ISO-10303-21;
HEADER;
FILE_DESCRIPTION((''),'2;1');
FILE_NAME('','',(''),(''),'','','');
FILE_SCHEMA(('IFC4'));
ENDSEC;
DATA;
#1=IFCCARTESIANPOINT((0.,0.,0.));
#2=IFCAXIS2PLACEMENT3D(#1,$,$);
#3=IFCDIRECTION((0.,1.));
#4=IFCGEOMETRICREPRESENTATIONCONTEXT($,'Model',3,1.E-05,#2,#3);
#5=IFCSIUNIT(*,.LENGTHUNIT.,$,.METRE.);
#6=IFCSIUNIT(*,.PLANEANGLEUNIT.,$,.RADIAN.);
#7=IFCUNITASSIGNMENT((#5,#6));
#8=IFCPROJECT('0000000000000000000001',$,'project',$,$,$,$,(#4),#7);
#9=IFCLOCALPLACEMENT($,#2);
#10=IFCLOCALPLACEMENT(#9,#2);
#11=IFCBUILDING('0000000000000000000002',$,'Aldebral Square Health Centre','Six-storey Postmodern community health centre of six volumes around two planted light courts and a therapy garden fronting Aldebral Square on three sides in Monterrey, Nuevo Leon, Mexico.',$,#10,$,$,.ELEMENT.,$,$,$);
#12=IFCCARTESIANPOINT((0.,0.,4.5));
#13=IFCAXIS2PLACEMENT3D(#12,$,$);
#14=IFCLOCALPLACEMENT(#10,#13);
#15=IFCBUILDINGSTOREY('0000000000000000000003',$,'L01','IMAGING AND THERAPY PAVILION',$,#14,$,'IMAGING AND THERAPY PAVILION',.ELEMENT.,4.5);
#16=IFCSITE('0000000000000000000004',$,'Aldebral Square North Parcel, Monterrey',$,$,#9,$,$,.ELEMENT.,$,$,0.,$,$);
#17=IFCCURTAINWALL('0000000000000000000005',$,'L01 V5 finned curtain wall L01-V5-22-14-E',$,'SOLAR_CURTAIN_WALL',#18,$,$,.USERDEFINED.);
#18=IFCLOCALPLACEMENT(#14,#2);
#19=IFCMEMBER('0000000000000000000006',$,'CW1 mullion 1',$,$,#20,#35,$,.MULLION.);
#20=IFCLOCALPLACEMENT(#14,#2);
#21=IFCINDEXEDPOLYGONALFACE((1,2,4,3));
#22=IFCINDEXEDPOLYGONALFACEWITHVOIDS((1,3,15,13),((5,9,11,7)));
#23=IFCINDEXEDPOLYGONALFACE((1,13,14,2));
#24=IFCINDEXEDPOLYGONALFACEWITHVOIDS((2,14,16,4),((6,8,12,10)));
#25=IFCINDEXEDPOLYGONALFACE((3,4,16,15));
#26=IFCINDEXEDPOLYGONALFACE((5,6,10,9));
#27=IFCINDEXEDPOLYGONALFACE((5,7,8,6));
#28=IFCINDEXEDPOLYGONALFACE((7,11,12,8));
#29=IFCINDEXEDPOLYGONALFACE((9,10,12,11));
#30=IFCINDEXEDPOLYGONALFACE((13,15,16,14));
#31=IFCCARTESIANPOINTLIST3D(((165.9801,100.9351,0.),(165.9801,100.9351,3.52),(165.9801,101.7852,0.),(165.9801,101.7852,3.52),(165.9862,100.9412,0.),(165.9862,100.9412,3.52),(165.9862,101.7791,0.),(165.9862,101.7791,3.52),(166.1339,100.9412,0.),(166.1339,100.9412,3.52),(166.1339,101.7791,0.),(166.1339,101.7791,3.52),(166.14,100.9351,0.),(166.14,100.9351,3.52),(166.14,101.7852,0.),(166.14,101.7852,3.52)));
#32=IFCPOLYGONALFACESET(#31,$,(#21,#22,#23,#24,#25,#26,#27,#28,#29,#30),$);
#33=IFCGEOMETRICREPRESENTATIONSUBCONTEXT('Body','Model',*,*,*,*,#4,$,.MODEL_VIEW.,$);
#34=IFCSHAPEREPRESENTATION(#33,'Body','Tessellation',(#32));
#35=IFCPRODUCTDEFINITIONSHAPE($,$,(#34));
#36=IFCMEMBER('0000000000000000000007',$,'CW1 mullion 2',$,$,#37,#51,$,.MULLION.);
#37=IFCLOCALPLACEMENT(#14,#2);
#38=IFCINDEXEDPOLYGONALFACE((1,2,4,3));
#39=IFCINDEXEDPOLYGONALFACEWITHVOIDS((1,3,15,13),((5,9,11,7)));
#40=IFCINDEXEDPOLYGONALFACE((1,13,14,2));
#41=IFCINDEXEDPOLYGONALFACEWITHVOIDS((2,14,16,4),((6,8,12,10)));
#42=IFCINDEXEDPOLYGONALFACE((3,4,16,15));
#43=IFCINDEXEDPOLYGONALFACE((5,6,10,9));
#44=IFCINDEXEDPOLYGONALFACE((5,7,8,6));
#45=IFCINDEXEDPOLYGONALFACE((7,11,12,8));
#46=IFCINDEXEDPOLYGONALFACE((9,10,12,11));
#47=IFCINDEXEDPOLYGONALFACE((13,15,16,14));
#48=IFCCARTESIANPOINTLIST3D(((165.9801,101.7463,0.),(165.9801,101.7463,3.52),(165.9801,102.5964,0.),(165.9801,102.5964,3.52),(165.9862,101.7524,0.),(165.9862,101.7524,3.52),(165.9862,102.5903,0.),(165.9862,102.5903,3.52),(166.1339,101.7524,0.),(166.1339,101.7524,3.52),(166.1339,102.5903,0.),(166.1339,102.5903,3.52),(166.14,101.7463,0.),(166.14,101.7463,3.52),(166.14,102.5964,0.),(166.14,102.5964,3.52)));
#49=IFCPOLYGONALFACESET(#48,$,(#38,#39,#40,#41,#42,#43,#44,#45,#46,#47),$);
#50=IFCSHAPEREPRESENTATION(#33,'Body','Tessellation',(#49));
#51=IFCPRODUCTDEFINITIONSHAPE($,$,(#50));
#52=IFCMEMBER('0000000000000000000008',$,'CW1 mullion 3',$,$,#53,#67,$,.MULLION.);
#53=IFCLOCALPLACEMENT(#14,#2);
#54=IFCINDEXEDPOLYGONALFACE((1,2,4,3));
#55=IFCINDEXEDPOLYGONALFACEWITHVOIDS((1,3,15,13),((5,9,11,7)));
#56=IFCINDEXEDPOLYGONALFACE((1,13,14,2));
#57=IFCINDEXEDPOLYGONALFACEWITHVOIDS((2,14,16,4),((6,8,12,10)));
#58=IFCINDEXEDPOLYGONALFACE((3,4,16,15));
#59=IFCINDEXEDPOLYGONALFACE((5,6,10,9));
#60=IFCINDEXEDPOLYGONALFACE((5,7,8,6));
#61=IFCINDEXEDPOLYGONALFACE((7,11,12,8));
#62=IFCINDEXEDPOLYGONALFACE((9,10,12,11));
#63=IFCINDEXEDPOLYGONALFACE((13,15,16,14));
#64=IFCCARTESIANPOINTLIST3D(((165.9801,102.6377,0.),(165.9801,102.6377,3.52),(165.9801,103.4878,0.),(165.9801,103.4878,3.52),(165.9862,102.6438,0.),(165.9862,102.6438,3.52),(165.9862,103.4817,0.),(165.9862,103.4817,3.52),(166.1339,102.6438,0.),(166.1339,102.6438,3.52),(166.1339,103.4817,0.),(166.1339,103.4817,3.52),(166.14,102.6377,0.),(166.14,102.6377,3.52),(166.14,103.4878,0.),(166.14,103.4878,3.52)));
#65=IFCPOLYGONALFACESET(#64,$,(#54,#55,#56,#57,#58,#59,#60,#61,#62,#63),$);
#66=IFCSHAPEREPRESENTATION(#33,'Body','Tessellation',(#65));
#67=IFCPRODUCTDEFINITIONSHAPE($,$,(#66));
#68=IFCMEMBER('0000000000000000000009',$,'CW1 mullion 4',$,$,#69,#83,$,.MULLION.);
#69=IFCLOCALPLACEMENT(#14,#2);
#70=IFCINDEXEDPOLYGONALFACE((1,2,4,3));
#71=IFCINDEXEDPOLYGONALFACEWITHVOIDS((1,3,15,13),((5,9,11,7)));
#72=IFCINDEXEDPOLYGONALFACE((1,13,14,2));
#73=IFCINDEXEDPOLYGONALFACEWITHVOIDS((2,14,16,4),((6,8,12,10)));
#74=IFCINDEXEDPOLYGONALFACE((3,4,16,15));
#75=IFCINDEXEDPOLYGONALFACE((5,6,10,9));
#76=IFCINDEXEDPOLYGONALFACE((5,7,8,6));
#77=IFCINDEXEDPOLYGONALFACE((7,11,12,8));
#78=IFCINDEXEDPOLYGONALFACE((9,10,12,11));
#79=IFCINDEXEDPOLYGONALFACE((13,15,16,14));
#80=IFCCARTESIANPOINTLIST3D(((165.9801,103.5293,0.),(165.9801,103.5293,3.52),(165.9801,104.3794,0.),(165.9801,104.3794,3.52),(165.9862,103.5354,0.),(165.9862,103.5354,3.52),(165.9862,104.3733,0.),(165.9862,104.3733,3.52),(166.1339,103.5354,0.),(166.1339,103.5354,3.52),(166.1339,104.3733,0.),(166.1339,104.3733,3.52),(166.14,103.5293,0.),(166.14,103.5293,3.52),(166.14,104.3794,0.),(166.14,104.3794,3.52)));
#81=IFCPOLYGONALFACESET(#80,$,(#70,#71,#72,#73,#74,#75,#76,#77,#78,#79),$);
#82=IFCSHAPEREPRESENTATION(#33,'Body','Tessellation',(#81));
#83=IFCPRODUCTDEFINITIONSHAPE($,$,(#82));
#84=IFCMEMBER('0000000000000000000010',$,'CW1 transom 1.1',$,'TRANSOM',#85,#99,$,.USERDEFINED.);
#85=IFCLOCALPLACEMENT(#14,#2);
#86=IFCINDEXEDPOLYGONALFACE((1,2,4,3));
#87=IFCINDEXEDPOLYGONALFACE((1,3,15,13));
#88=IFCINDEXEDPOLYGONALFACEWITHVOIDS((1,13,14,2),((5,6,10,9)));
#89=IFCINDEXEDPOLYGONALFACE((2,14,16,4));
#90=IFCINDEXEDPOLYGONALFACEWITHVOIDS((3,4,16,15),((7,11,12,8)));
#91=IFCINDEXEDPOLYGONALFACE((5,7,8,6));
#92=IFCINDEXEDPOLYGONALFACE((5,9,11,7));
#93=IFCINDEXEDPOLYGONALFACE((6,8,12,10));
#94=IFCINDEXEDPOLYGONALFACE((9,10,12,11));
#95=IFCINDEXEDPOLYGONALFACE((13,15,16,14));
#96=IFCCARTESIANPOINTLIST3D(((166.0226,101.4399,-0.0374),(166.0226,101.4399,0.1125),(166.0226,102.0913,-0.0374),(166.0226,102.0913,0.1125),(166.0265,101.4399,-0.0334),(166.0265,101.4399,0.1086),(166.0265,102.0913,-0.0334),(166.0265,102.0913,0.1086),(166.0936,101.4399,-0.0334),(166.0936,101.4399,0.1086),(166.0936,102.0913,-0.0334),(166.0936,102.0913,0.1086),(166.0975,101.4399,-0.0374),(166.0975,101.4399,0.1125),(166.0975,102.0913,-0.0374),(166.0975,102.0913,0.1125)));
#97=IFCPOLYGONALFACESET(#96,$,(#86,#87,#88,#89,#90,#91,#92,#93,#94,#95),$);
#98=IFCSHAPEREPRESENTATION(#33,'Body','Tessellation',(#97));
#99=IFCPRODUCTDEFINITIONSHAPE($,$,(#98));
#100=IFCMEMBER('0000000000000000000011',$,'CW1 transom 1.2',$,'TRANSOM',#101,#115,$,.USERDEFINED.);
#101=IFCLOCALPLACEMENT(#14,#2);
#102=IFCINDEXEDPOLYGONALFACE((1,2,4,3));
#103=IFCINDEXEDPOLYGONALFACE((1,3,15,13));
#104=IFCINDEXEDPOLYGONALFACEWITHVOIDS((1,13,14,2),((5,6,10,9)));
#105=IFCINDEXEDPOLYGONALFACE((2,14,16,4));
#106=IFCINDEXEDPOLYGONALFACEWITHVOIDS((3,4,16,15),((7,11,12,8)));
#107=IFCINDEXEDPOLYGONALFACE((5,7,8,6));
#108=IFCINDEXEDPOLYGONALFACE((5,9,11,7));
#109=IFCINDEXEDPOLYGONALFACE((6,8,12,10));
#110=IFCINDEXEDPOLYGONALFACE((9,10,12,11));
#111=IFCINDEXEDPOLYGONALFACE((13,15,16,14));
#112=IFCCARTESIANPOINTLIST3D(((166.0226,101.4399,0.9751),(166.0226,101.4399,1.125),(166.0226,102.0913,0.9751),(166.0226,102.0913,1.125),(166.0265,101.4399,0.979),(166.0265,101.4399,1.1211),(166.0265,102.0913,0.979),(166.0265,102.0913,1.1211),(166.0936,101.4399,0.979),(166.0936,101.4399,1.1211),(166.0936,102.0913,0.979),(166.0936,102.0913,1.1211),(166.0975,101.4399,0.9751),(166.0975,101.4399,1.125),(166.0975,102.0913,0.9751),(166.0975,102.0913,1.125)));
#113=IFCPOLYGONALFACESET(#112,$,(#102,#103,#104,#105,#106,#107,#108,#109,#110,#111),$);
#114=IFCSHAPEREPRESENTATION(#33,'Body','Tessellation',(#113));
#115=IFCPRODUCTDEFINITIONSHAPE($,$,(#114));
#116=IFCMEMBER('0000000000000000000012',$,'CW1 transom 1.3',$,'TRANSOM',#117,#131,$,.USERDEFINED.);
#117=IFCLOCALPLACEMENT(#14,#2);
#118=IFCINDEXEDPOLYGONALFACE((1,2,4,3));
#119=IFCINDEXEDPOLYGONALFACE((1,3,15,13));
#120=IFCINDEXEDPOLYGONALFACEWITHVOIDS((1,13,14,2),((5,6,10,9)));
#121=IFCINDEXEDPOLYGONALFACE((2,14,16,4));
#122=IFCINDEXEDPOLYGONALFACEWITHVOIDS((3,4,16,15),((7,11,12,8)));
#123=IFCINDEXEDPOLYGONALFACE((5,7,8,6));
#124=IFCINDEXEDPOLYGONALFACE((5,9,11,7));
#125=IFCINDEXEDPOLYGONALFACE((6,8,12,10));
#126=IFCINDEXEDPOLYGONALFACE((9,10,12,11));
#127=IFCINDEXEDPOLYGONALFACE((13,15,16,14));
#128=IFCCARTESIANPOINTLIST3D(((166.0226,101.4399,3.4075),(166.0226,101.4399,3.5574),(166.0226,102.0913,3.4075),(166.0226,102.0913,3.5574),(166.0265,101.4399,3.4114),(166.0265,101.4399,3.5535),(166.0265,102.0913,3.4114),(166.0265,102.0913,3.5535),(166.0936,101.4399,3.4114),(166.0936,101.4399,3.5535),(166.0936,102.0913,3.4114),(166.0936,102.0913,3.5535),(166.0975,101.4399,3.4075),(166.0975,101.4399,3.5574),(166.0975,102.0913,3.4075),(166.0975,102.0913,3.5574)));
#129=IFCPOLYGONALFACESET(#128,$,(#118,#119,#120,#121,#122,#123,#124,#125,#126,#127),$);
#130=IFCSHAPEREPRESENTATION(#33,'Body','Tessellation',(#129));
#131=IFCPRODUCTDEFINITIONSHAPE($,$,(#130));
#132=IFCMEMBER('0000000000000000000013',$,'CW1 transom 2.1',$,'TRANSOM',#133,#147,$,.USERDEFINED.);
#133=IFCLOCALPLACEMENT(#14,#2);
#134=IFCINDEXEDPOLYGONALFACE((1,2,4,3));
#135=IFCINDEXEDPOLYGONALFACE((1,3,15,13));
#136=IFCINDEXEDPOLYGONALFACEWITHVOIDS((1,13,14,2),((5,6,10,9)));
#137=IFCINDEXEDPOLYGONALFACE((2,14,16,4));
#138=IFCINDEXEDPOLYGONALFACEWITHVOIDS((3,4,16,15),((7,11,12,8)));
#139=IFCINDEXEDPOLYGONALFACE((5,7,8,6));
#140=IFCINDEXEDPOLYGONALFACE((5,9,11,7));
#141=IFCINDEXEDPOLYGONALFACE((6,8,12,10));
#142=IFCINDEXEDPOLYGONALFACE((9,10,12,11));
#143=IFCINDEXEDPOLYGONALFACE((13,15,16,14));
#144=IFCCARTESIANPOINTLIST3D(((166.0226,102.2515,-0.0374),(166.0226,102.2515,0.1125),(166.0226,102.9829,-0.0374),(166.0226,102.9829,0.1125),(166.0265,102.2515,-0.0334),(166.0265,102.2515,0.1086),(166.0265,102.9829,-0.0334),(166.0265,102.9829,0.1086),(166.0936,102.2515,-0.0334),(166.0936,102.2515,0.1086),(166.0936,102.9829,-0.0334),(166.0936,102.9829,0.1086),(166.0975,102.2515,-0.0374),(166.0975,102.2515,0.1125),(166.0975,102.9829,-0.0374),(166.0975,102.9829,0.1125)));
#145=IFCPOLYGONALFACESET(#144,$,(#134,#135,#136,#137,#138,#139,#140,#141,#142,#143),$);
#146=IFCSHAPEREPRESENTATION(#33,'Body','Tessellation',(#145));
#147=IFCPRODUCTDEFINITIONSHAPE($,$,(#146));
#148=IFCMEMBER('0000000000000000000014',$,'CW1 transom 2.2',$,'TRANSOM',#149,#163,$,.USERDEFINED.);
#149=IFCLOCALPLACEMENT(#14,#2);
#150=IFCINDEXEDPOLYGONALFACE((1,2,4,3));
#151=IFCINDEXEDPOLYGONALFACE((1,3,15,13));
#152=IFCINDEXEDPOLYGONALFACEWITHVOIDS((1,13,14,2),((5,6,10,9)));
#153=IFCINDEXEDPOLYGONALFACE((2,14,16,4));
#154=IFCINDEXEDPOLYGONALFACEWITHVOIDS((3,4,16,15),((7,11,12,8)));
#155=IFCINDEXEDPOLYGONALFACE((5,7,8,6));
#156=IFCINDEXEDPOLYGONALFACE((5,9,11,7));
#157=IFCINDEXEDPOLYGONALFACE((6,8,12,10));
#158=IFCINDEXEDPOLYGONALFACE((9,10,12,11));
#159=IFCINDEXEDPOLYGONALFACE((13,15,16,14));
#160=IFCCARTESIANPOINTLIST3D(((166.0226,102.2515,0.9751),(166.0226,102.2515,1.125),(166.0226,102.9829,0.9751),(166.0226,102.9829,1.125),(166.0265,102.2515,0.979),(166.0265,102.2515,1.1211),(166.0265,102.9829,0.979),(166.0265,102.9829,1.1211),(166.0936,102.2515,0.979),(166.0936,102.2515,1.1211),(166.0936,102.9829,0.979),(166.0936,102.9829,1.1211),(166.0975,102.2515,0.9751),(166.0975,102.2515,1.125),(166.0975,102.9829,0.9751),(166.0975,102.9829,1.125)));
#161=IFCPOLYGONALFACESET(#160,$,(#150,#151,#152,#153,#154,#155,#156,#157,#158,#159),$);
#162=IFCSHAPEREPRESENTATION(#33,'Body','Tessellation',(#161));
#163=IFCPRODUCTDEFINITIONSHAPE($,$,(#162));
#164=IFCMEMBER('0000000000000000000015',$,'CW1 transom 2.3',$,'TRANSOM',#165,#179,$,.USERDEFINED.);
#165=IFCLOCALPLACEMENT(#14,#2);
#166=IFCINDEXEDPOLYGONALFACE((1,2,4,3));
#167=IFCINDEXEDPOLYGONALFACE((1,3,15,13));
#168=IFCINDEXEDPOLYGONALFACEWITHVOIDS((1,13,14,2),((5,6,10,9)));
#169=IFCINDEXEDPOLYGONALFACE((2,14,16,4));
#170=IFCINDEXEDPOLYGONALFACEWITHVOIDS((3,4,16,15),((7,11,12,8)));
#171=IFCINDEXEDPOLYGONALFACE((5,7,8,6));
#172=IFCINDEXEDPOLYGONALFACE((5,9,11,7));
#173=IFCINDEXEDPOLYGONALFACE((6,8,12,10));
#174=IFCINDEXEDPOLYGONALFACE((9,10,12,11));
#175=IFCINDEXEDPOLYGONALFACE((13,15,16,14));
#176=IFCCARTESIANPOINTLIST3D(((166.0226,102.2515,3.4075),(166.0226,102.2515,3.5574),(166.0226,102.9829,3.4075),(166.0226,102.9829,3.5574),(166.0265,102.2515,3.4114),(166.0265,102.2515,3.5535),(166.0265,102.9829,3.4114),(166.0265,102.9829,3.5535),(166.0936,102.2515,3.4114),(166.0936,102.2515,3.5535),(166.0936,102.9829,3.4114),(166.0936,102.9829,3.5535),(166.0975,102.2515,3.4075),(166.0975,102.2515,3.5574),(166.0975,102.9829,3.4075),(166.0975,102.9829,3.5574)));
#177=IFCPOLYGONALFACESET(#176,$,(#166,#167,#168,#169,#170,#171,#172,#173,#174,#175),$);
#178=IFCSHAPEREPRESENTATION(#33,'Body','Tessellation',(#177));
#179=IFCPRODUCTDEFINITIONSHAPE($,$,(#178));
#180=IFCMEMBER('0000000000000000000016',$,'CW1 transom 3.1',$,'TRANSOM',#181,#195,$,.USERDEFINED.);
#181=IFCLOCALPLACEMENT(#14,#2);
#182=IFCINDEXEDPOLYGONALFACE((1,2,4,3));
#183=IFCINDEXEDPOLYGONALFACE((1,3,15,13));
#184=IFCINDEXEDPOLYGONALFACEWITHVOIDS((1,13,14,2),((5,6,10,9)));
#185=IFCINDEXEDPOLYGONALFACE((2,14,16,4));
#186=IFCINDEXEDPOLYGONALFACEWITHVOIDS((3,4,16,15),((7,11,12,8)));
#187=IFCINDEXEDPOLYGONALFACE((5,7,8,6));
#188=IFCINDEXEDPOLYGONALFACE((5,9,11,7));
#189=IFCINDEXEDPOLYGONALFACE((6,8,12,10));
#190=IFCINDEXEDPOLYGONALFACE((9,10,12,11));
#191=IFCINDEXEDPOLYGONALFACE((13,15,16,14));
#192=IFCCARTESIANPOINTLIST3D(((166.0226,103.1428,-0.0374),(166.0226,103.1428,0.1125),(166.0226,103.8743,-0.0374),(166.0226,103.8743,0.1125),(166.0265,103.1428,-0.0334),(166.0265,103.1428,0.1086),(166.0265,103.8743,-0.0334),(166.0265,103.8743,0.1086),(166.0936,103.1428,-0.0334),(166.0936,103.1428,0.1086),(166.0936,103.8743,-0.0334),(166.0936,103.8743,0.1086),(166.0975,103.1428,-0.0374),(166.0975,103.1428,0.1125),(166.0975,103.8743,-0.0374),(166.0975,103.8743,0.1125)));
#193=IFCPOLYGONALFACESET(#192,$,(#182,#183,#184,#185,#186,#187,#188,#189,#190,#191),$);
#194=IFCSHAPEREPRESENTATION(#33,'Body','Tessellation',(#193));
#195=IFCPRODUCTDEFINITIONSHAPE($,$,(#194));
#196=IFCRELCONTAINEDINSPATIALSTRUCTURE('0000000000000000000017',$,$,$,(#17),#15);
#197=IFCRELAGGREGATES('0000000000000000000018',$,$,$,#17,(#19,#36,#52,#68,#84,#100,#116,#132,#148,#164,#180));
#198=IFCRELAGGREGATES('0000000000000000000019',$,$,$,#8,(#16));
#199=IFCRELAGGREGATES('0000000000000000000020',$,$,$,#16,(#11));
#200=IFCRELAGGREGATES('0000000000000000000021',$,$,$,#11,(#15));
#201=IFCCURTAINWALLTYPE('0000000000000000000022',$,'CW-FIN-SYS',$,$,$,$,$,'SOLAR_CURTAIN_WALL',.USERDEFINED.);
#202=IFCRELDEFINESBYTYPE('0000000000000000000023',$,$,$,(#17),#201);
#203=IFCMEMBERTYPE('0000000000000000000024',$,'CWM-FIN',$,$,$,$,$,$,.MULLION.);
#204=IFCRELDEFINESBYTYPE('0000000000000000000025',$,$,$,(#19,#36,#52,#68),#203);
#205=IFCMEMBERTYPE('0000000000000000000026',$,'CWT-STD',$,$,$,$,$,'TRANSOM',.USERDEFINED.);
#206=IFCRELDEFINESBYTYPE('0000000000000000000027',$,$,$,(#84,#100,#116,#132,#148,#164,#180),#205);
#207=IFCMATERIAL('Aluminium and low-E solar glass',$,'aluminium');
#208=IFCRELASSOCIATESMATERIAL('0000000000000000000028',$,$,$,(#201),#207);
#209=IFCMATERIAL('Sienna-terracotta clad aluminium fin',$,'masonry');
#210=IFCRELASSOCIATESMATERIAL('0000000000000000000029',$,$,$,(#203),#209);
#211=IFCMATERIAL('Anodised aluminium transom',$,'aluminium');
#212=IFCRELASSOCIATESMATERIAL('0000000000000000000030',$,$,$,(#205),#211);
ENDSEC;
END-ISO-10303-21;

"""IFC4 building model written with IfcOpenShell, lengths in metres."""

from ifc_helpers import new_model, si_unit, direction, frame, origin, origin_2d, place, context, subcontext, project, spatial, hollow_rectangle, extrude, material, material_profile, profile_set, type_object, element, aggregate, save


model = new_model("IFC4")

# Units and contexts
model_context = context("Model", 3, precision=1e-05, world=origin(), true_north=direction((0.0, 1.0)))
body_context = subcontext(model_context, "Body", "Model", "MODEL_VIEW")
ifc_project = project(units=[si_unit("LENGTHUNIT", "METRE"), si_unit("PLANEANGLEUNIT", "RADIAN")], contexts=[model_context])

# Site, building, storey
site_placement = place(None, origin())
site = spatial("IfcSite", under=ifc_project, at=site_placement, Name="Aldebral Square North Parcel, Monterrey", CompositionType="ELEMENT", RefElevation=0.0)
building_placement = place(site_placement, origin())
building = spatial("IfcBuilding", under=site, at=building_placement, Name="Aldebral Square Health Centre", Description="Six-storey Postmodern community health centre of six volumes around two planted light courts and a therapy garden fronting Aldebral Square on three sides in Monterrey, Nuevo Leon, Mexico.", CompositionType="ELEMENT")
storey_placement = place(building_placement, frame((0.0, 0.0, 4.5)))
storey = spatial("IfcBuildingStorey", under=building, at=storey_placement, Name="L01", Description="IMAGING AND THERAPY PAVILION", LongName="IMAGING AND THERAPY PAVILION", CompositionType="ELEMENT", Elevation=4.5)

# Curtain wall, members
ifc_material_1 = material(Name="Aluminium and low-E solar glass", Category="aluminium")
curtain_wall_type = type_object("IfcCurtainWallType", Name="CW-FIN-SYS", ElementType="SOLAR_CURTAIN_WALL", PredefinedType="USERDEFINED", material=ifc_material_1)
curtain_wall_placement = place(storey_placement, origin())
curtain_wall = element("IfcCurtainWall", 1, at=curtain_wall_placement, inside=storey, type_object=curtain_wall_type, Name="L01 V5 finned curtain wall L01-V5-22-14-E", ObjectType="SOLAR_CURTAIN_WALL", PredefinedType="USERDEFINED")
ifc_material_2 = material(Name="Sienna-terracotta clad aluminium fin", Category="masonry")
ifc_material_profile_1 = material_profile(ifc_material_2, hollow_rectangle(XDim=0.1599, YDim=0.8501, WallThickness=0.0061, at=origin_2d()), Name="FIN 160x850x6")
ifc_profile_set_1 = profile_set([ifc_material_profile_1], Name="Sienna-terracotta clad aluminium fin")
member_type_1 = type_object("IfcMemberType", Name="CWM-FIN", PredefinedType="MULLION", material=ifc_profile_set_1)
member_1_placement = place(storey_placement, frame((166.0601, 101.3601, 0.0), z_axis=(0.0, 0.0, 1.0), x_axis=(-1.0, 0.0, 0.0)))
member_1 = element("IfcMember", 2, at=member_1_placement, type_object=member_type_1, Name="CW1 mullion 1", PredefinedType="MULLION", context=body_context, shape_type="SweptSolid", body=[
    extrude(hollow_rectangle(XDim=0.1599, YDim=0.8501, WallThickness=0.0061, at=origin_2d()), origin(), (0.0, 0.0, 1.0), 3.52),
])
member_2_placement = place(storey_placement, frame((166.0601, 102.1714, 0.0), z_axis=(0.0, 0.0, 1.0), x_axis=(-1.0, 0.0, 0.0)))
member_2 = element("IfcMember", 3, at=member_2_placement, type_object=member_type_1, Name="CW1 mullion 2", PredefinedType="MULLION", context=body_context, shape_type="SweptSolid", body=[
    extrude(hollow_rectangle(XDim=0.1599, YDim=0.8501, WallThickness=0.0061, at=origin_2d()), origin(), (0.0, 0.0, 1.0), 3.52),
])
member_3_placement = place(storey_placement, frame((166.0601, 103.0627, 0.0), z_axis=(0.0, 0.0, 1.0), x_axis=(-1.0, 0.0, 0.0)))
member_3 = element("IfcMember", 4, at=member_3_placement, type_object=member_type_1, Name="CW1 mullion 3", PredefinedType="MULLION", context=body_context, shape_type="SweptSolid", body=[
    extrude(hollow_rectangle(XDim=0.1599, YDim=0.8501, WallThickness=0.0061, at=origin_2d()), origin(), (0.0, 0.0, 1.0), 3.52),
])
member_4_placement = place(storey_placement, frame((166.0601, 103.9543, 0.0), z_axis=(0.0, 0.0, 1.0), x_axis=(-1.0, 0.0, 0.0)))
member_4 = element("IfcMember", 5, at=member_4_placement, type_object=member_type_1, Name="CW1 mullion 4", PredefinedType="MULLION", context=body_context, shape_type="SweptSolid", body=[
    extrude(hollow_rectangle(XDim=0.1599, YDim=0.8501, WallThickness=0.0061, at=origin_2d()), origin(), (0.0, 0.0, 1.0), 3.52),
])
ifc_material_3 = material(Name="Anodised aluminium transom", Category="aluminium")
ifc_material_profile_2 = material_profile(ifc_material_3, hollow_rectangle(XDim=0.075, YDim=0.1499, WallThickness=0.0039, at=origin_2d()), Name="CWT 75x150x4")
ifc_profile_set_2 = profile_set([ifc_material_profile_2], Name="Anodised aluminium transom")
member_type_2 = type_object("IfcMemberType", Name="CWT-STD", ElementType="TRANSOM", PredefinedType="USERDEFINED", material=ifc_profile_set_2)
member_5_placement = place(storey_placement, frame((166.0601, 101.4399, 0.0376), z_axis=(0.0, 1.0, 0.0), x_axis=(-1.0, 0.0, 0.0)))
member_5 = element("IfcMember", 6, at=member_5_placement, type_object=member_type_2, Name="CW1 transom 1.1", ObjectType="TRANSOM", PredefinedType="USERDEFINED", context=body_context, shape_type="SweptSolid", body=[
    extrude(hollow_rectangle(XDim=0.075, YDim=0.1499, WallThickness=0.0039, at=origin_2d()), origin(), (0.0, 0.0, 1.0), 0.6514),
])
member_6_placement = place(storey_placement, frame((166.0601, 101.4399, 1.05), z_axis=(0.0, 1.0, 0.0), x_axis=(-1.0, 0.0, 0.0)))
member_6 = element("IfcMember", 7, at=member_6_placement, type_object=member_type_2, Name="CW1 transom 1.2", ObjectType="TRANSOM", PredefinedType="USERDEFINED", context=body_context, shape_type="SweptSolid", body=[
    extrude(hollow_rectangle(XDim=0.075, YDim=0.1499, WallThickness=0.0039, at=origin_2d()), origin(), (0.0, 0.0, 1.0), 0.6514),
])
member_7_placement = place(storey_placement, frame((166.0601, 101.4399, 3.4824), z_axis=(0.0, 1.0, 0.0), x_axis=(-1.0, 0.0, 0.0)))
member_7 = element("IfcMember", 8, at=member_7_placement, type_object=member_type_2, Name="CW1 transom 1.3", ObjectType="TRANSOM", PredefinedType="USERDEFINED", context=body_context, shape_type="SweptSolid", body=[
    extrude(hollow_rectangle(XDim=0.075, YDim=0.1499, WallThickness=0.0039, at=origin_2d()), origin(), (0.0, 0.0, 1.0), 0.6514),
])
member_8_placement = place(storey_placement, frame((166.0601, 102.2515, 0.0376), z_axis=(0.0, 1.0, 0.0), x_axis=(-1.0, 0.0, 0.0)))
member_8 = element("IfcMember", 9, at=member_8_placement, type_object=member_type_2, Name="CW1 transom 2.1", ObjectType="TRANSOM", PredefinedType="USERDEFINED", context=body_context, shape_type="SweptSolid", body=[
    extrude(hollow_rectangle(XDim=0.075, YDim=0.1499, WallThickness=0.0039, at=origin_2d()), origin(), (0.0, 0.0, 1.0), 0.7314),
])
member_9_placement = place(storey_placement, frame((166.0601, 102.2515, 1.05), z_axis=(0.0, 1.0, 0.0), x_axis=(-1.0, 0.0, 0.0)))
member_9 = element("IfcMember", 10, at=member_9_placement, type_object=member_type_2, Name="CW1 transom 2.2", ObjectType="TRANSOM", PredefinedType="USERDEFINED", context=body_context, shape_type="SweptSolid", body=[
    extrude(hollow_rectangle(XDim=0.075, YDim=0.1499, WallThickness=0.0039, at=origin_2d()), origin(), (0.0, 0.0, 1.0), 0.7314),
])
member_10_placement = place(storey_placement, frame((166.0601, 102.2515, 3.4824), z_axis=(0.0, 1.0, 0.0), x_axis=(-1.0, 0.0, 0.0)))
member_10 = element("IfcMember", 11, at=member_10_placement, type_object=member_type_2, Name="CW1 transom 2.3", ObjectType="TRANSOM", PredefinedType="USERDEFINED", context=body_context, shape_type="SweptSolid", body=[
    extrude(hollow_rectangle(XDim=0.075, YDim=0.1499, WallThickness=0.0039, at=origin_2d()), origin(), (0.0, 0.0, 1.0), 0.7314),
])
member_11_placement = place(storey_placement, frame((166.0601, 103.1428, 0.0376), z_axis=(0.0, 1.0, 0.0), x_axis=(-1.0, 0.0, 0.0)))
member_11 = element("IfcMember", 12, at=member_11_placement, type_object=member_type_2, Name="CW1 transom 3.1", ObjectType="TRANSOM", PredefinedType="USERDEFINED", context=body_context, shape_type="SweptSolid", body=[
    extrude(hollow_rectangle(XDim=0.075, YDim=0.1499, WallThickness=0.0039, at=origin_2d()), origin(), (0.0, 0.0, 1.0), 0.7314),
])
aggregate(curtain_wall, [member_1, member_2, member_3, member_4, member_5, member_6, member_7, member_8, member_9, member_10, member_11])

save(model, "model.ifc")
